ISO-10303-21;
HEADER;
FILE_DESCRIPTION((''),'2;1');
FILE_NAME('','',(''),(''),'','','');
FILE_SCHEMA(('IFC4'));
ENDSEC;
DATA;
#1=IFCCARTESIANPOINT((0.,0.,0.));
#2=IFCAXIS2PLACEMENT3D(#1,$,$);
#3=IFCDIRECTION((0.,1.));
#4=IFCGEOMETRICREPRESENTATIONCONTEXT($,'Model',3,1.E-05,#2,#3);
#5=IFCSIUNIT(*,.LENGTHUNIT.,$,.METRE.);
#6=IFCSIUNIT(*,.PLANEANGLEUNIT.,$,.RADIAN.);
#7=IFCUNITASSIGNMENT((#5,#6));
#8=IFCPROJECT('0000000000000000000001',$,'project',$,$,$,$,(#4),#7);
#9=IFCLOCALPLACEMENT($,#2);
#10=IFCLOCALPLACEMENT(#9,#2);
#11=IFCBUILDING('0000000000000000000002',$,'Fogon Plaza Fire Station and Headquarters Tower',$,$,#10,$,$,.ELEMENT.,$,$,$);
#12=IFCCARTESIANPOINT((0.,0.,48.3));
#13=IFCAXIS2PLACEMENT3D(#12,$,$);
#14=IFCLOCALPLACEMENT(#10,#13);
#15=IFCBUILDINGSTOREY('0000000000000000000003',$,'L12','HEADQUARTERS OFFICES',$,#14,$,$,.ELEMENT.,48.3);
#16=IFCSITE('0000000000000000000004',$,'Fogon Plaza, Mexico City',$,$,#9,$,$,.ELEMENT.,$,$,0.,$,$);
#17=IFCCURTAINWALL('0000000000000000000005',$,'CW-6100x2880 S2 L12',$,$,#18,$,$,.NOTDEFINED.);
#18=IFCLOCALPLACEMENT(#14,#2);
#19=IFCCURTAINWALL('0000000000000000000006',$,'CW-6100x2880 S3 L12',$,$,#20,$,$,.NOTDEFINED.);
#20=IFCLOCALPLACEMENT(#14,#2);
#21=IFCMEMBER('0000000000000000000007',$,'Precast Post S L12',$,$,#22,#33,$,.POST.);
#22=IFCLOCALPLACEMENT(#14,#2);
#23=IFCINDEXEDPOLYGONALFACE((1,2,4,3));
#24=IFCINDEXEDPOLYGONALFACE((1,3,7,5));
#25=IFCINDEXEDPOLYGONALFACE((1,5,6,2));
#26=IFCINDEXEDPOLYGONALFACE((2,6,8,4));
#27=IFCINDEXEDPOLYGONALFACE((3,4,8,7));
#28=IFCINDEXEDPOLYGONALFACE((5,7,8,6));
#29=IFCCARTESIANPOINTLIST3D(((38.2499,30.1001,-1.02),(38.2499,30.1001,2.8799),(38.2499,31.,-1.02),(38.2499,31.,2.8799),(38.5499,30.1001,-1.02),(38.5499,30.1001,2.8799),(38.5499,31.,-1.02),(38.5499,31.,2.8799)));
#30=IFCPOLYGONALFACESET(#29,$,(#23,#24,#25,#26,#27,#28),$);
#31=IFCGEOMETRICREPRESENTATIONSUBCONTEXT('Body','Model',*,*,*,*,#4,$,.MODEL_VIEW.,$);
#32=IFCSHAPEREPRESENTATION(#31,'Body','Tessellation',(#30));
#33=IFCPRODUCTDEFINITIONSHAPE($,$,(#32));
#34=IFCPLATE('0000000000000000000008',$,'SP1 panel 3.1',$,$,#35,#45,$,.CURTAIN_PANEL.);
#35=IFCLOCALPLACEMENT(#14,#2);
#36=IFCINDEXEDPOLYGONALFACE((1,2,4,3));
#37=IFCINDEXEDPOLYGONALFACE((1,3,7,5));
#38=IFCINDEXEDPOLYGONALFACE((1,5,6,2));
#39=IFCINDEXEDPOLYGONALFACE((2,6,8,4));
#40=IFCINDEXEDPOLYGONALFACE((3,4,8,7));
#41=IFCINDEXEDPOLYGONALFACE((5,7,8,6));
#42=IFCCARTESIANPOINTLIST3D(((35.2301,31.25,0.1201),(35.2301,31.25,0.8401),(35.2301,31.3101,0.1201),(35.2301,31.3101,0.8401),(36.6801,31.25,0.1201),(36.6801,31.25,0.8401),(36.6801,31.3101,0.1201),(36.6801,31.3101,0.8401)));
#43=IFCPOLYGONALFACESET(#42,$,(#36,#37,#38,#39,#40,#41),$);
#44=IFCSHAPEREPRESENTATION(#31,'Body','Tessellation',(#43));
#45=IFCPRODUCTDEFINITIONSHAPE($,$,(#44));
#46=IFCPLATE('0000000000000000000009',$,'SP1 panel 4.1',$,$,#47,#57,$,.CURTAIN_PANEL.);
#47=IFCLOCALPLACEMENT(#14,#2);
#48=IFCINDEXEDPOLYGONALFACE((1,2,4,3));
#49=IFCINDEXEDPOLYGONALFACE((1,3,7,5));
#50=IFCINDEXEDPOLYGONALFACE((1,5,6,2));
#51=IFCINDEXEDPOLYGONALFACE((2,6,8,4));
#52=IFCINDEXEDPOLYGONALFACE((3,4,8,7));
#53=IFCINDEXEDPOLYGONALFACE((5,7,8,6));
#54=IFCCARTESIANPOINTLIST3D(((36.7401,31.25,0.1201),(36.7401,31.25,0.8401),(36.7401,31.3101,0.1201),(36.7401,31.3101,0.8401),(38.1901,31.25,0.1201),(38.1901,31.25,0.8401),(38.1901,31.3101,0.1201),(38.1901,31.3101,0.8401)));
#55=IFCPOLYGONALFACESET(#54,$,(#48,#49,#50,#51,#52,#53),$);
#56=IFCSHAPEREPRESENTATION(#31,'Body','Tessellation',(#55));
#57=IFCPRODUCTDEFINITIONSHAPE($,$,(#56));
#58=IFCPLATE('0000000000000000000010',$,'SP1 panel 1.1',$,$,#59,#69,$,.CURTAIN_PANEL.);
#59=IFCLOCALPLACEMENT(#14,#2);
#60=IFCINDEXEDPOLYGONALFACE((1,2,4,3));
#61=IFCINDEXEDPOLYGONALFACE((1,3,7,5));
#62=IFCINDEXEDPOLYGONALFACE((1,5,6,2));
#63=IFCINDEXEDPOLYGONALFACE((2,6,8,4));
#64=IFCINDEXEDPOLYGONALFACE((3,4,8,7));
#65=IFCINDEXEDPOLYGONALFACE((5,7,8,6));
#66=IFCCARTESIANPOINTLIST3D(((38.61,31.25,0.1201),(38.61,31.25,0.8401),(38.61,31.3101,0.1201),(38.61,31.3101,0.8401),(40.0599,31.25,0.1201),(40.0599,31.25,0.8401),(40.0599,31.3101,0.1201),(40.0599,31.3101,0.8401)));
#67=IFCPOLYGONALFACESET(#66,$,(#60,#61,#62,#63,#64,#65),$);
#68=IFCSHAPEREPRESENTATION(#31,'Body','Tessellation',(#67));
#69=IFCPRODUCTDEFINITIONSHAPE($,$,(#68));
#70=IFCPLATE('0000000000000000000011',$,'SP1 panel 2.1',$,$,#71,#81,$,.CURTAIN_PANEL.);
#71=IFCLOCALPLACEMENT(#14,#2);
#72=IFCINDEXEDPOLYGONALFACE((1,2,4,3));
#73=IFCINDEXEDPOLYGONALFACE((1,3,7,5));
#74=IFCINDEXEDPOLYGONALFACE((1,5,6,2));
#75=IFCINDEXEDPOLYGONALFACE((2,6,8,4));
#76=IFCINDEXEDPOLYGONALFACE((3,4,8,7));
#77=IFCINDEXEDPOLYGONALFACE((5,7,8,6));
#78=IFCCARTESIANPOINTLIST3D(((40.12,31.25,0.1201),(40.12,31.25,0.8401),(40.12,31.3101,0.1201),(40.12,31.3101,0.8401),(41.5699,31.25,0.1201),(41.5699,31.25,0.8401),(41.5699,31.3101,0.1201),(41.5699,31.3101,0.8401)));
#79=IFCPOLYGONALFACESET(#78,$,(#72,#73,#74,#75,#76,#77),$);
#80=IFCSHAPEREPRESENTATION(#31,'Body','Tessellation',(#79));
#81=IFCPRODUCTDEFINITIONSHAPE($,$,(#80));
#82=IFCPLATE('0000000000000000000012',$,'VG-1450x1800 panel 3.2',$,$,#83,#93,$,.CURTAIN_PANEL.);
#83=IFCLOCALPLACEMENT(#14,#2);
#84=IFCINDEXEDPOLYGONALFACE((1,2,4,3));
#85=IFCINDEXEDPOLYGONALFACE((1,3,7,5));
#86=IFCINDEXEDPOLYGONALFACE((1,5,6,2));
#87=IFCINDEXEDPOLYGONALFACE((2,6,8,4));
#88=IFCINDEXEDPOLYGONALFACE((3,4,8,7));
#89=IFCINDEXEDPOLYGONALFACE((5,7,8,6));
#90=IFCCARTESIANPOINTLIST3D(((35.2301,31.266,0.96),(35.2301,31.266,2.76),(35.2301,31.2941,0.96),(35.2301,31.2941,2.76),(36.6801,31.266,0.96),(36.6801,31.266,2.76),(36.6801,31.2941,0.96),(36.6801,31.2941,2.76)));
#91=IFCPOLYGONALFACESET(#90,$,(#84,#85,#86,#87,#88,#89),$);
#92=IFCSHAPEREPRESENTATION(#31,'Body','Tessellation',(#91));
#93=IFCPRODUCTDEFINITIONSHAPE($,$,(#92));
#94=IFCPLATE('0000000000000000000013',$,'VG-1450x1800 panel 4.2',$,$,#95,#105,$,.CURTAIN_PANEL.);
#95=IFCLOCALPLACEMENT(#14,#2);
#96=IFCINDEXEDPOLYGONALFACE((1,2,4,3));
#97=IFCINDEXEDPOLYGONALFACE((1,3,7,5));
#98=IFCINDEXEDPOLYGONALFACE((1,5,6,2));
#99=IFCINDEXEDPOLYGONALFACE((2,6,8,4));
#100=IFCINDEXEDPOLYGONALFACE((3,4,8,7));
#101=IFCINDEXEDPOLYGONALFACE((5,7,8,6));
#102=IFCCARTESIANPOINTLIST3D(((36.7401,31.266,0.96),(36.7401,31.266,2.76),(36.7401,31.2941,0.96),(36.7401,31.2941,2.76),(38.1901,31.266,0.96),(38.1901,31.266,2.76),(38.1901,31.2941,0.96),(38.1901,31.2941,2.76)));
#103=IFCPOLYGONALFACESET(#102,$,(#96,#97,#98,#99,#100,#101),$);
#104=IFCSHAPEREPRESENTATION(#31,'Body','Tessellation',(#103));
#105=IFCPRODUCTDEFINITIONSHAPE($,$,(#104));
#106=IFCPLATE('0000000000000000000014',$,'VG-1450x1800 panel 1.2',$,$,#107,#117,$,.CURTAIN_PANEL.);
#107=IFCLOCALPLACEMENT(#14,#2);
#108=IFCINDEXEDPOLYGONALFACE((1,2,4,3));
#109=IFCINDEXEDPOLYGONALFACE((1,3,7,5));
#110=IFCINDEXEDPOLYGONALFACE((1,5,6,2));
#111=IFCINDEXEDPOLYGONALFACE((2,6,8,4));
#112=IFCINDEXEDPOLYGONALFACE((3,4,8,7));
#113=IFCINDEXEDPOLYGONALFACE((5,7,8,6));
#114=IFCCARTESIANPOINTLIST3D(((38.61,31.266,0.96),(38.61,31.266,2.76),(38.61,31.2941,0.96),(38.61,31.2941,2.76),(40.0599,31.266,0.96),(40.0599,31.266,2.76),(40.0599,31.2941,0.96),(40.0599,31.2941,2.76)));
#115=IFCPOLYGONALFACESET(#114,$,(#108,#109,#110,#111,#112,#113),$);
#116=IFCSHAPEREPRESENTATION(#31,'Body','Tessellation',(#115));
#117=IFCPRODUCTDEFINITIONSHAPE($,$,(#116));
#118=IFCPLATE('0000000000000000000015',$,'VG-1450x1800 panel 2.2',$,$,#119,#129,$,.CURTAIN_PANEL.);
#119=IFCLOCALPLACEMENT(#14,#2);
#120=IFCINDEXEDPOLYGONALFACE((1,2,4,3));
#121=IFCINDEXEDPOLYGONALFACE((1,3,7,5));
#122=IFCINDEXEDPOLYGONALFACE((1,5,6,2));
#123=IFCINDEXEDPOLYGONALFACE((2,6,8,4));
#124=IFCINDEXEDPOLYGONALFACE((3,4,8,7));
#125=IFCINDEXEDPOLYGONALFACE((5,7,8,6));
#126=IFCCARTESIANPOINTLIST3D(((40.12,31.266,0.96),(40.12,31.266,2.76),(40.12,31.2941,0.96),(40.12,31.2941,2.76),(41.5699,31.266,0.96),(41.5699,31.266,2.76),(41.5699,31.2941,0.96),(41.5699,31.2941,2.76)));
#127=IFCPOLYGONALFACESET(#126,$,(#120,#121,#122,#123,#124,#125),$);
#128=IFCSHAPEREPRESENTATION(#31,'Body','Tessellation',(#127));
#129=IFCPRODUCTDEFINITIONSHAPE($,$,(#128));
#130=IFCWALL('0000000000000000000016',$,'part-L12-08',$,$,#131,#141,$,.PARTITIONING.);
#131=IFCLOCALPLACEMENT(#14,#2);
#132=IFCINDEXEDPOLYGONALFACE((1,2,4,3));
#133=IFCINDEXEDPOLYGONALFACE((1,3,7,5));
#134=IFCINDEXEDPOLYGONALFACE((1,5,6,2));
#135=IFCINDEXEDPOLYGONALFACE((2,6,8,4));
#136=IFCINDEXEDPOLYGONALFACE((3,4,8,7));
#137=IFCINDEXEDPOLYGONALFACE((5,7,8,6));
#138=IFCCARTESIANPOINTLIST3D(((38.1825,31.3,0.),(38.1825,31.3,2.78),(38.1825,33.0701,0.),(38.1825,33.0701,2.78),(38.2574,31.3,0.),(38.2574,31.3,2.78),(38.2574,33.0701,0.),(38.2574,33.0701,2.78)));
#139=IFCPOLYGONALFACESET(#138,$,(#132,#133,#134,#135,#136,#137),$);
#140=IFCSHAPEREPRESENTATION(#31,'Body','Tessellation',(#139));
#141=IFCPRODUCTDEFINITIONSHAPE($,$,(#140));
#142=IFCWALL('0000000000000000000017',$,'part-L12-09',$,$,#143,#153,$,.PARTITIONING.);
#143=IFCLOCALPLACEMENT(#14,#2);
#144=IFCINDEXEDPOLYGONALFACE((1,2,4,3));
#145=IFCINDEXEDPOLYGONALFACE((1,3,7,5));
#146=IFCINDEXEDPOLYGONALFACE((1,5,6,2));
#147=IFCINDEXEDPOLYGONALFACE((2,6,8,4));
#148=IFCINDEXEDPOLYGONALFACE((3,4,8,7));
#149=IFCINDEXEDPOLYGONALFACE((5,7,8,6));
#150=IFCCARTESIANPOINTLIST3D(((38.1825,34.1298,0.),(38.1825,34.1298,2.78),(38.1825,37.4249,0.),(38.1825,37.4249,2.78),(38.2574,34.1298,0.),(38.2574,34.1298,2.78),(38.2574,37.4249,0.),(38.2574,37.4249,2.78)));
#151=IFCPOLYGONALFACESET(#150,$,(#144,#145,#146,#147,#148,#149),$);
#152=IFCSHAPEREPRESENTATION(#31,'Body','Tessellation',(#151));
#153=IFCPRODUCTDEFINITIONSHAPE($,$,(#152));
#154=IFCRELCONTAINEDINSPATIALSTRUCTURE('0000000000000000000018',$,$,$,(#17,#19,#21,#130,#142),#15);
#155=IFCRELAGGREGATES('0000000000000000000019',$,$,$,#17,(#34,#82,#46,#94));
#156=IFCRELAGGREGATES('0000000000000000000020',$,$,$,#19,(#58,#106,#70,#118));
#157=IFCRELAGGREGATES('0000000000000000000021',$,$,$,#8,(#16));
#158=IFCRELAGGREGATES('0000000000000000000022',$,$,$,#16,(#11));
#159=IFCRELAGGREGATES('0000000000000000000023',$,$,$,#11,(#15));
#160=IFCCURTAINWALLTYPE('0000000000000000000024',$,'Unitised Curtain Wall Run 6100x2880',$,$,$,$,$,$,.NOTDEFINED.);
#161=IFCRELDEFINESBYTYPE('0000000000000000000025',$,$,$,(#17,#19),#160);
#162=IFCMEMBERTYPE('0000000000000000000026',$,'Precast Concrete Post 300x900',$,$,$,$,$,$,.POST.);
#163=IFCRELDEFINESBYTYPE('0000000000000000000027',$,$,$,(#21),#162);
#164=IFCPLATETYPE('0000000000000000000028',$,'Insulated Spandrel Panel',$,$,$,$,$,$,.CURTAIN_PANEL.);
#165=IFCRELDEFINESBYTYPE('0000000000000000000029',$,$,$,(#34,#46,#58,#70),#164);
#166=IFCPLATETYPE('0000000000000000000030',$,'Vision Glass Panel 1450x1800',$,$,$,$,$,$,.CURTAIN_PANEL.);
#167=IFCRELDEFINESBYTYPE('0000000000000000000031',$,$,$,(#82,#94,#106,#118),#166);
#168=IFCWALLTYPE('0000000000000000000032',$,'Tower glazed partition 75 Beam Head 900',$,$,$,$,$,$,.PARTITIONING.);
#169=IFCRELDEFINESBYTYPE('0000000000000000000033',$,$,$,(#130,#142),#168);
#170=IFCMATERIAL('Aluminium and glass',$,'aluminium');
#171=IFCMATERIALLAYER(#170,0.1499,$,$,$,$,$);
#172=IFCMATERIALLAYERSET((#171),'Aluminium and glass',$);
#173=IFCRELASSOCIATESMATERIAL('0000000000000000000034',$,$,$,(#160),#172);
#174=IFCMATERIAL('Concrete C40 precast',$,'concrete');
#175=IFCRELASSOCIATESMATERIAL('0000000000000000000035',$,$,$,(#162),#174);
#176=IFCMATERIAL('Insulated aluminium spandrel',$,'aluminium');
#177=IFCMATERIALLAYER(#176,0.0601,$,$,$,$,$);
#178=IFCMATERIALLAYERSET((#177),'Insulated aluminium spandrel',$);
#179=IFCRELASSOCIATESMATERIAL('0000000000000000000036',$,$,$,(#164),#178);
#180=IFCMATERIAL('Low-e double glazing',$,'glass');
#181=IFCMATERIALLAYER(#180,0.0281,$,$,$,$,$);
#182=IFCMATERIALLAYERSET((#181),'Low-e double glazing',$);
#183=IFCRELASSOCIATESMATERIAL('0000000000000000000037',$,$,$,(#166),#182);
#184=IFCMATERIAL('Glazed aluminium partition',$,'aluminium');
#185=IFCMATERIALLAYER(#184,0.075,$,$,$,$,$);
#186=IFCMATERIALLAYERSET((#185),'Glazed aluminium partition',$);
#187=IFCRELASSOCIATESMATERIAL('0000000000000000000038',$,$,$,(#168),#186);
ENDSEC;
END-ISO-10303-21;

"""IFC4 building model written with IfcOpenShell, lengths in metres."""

from ifc_helpers import new_model, si_unit, direction, frame, frame_2d, origin, origin_2d, place, context, subcontext, project, spatial, rectangle, extrude, material, layer, layer_set, material_profile, profile_set, type_object, element, aggregate, save


model = new_model("IFC4")

# Units and contexts
model_context = context("Model", 3, precision=1e-05, world=origin(), true_north=direction((0.0, 1.0)))
body_context = subcontext(model_context, "Body", "Model", "MODEL_VIEW")
ifc_project = project(units=[si_unit("LENGTHUNIT", "METRE"), si_unit("PLANEANGLEUNIT", "RADIAN")], contexts=[model_context])

# Site, building, storey
site_placement = place(None, origin())
site = spatial("IfcSite", under=ifc_project, at=site_placement, Name="Fogon Plaza, Mexico City", CompositionType="ELEMENT", RefElevation=0.0)
building_placement = place(site_placement, origin())
building = spatial("IfcBuilding", under=site, at=building_placement, Name="Fogon Plaza Fire Station and Headquarters Tower", CompositionType="ELEMENT")
storey_placement = place(building_placement, frame((0.0, 0.0, 48.3)))
storey = spatial("IfcBuildingStorey", under=building, at=storey_placement, Name="L12", Description="HEADQUARTERS OFFICES", CompositionType="ELEMENT", Elevation=48.3)

# Curtain walls
ifc_material_1 = material(Name="Aluminium and glass", Category="aluminium")
ifc_layer_1 = layer(ifc_material_1, 0.1499)
ifc_layer_set_1 = layer_set([ifc_layer_1], Name="Aluminium and glass")
curtain_wall_type = type_object("IfcCurtainWallType", Name="Unitised Curtain Wall Run 6100x2880", PredefinedType="NOTDEFINED", material=ifc_layer_set_1)
curtain_wall_1_placement = place(storey_placement, origin())
curtain_wall_1 = element("IfcCurtainWall", 1, at=curtain_wall_1_placement, inside=storey, type_object=curtain_wall_type, Name="CW-6100x2880 S2 L12", PredefinedType="NOTDEFINED")
curtain_wall_2_placement = place(storey_placement, origin())
curtain_wall_2 = element("IfcCurtainWall", 2, at=curtain_wall_2_placement, inside=storey, type_object=curtain_wall_type, Name="CW-6100x2880 S3 L12", PredefinedType="NOTDEFINED")

# Member
ifc_material_2 = material(Name="Concrete C40 precast", Category="concrete")
ifc_material_profile_1 = material_profile(ifc_material_2, rectangle(XDim=0.3, YDim=0.8999, at=origin_2d()), Name="Precast Concrete Post 300x900")
ifc_profile_set_1 = profile_set([ifc_material_profile_1], Name="Concrete C40 precast")
member_type_1 = type_object("IfcMemberType", Name="Precast Concrete Post 300x900", PredefinedType="POST", material=ifc_profile_set_1)
member_1_placement = place(storey_placement, frame((38.3999, 30.55, -1.02), z_axis=(0.0, 0.0, 1.0), x_axis=(1.0, 0.0, 0.0)))
element("IfcMember", 3, at=member_1_placement, inside=storey, type_object=member_type_1, Name="Precast Post S L12", PredefinedType="POST", context=body_context, shape_type="SweptSolid", body=[
    extrude(rectangle(XDim=0.3, YDim=0.8999, at=origin_2d()), origin(), (0.0, 0.0, 1.0), 3.8999),
])

# Plates
ifc_material_3 = material(Name="Insulated aluminium spandrel", Category="aluminium")
ifc_layer_2 = layer(ifc_material_3, 0.0601)
ifc_layer_set_2 = layer_set([ifc_layer_2], Name="Insulated aluminium spandrel")
plate_type_1 = type_object("IfcPlateType", Name="Insulated Spandrel Panel", PredefinedType="CURTAIN_PANEL", material=ifc_layer_set_2)
plate_1_placement = place(storey_placement, frame((35.9551, 31.28, 0.1201), z_axis=(0.0, 0.0, 1.0), x_axis=(1.0, 0.0, 0.0)))
plate_1 = element("IfcPlate", 4, at=plate_1_placement, type_object=plate_type_1, Name="SP1 panel 3.1", PredefinedType="CURTAIN_PANEL", context=body_context, shape_type="SweptSolid", body=[
    extrude(rectangle(XDim=1.45, YDim=0.0601, at=origin_2d()), origin(), (0.0, 0.0, 1.0), 0.72),
])
plate_2_placement = place(storey_placement, frame((37.4651, 31.28, 0.1201), z_axis=(0.0, 0.0, 1.0), x_axis=(1.0, 0.0, 0.0)))
plate_2 = element("IfcPlate", 5, at=plate_2_placement, type_object=plate_type_1, Name="SP1 panel 4.1", PredefinedType="CURTAIN_PANEL", context=body_context, shape_type="SweptSolid", body=[
    extrude(rectangle(XDim=1.45, YDim=0.0601, at=origin_2d()), origin(), (0.0, 0.0, 1.0), 0.72),
])
plate_3_placement = place(storey_placement, frame((39.335, 31.28, 0.1201), z_axis=(0.0, 0.0, 1.0), x_axis=(1.0, 0.0, 0.0)))
plate_3 = element("IfcPlate", 6, at=plate_3_placement, type_object=plate_type_1, Name="SP1 panel 1.1", PredefinedType="CURTAIN_PANEL", context=body_context, shape_type="SweptSolid", body=[
    extrude(rectangle(XDim=1.45, YDim=0.0601, at=origin_2d()), origin(), (0.0, 0.0, 1.0), 0.72),
])
plate_4_placement = place(storey_placement, frame((40.845, 31.28, 0.1201), z_axis=(0.0, 0.0, 1.0), x_axis=(1.0, 0.0, 0.0)))
plate_4 = element("IfcPlate", 7, at=plate_4_placement, type_object=plate_type_1, Name="SP1 panel 2.1", PredefinedType="CURTAIN_PANEL", context=body_context, shape_type="SweptSolid", body=[
    extrude(rectangle(XDim=1.45, YDim=0.0601, at=origin_2d()), origin(), (0.0, 0.0, 1.0), 0.72),
])
ifc_material_4 = material(Name="Low-e double glazing", Category="glass")
ifc_layer_3 = layer(ifc_material_4, 0.0281)
ifc_layer_set_3 = layer_set([ifc_layer_3], Name="Low-e double glazing")
plate_type_2 = type_object("IfcPlateType", Name="Vision Glass Panel 1450x1800", PredefinedType="CURTAIN_PANEL", material=ifc_layer_set_3)
plate_5_placement = place(storey_placement, frame((35.9551, 31.28, 0.96), z_axis=(0.0, 0.0, 1.0), x_axis=(1.0, 0.0, 0.0)))
plate_5 = element("IfcPlate", 8, at=plate_5_placement, type_object=plate_type_2, Name="VG-1450x1800 panel 3.2", PredefinedType="CURTAIN_PANEL", context=body_context, shape_type="SweptSolid", body=[
    extrude(rectangle(XDim=1.45, YDim=0.0281, at=origin_2d()), origin(), (0.0, 0.0, 1.0), 1.8),
])
plate_6_placement = place(storey_placement, frame((37.4651, 31.28, 0.96), z_axis=(0.0, 0.0, 1.0), x_axis=(1.0, 0.0, 0.0)))
plate_6 = element("IfcPlate", 9, at=plate_6_placement, type_object=plate_type_2, Name="VG-1450x1800 panel 4.2", PredefinedType="CURTAIN_PANEL", context=body_context, shape_type="SweptSolid", body=[
    extrude(rectangle(XDim=1.45, YDim=0.0281, at=origin_2d()), origin(), (0.0, 0.0, 1.0), 1.8),
])
aggregate(curtain_wall_1, [plate_1, plate_5, plate_2, plate_6])
plate_7_placement = place(storey_placement, frame((39.335, 31.28, 0.96), z_axis=(0.0, 0.0, 1.0), x_axis=(1.0, 0.0, 0.0)))
plate_7 = element("IfcPlate", 10, at=plate_7_placement, type_object=plate_type_2, Name="VG-1450x1800 panel 1.2", PredefinedType="CURTAIN_PANEL", context=body_context, shape_type="SweptSolid", body=[
    extrude(rectangle(XDim=1.45, YDim=0.0281, at=origin_2d()), origin(), (0.0, 0.0, 1.0), 1.8),
])
plate_8_placement = place(storey_placement, frame((40.845, 31.28, 0.96), z_axis=(0.0, 0.0, 1.0), x_axis=(1.0, 0.0, 0.0)))
plate_8 = element("IfcPlate", 11, at=plate_8_placement, type_object=plate_type_2, Name="VG-1450x1800 panel 2.2", PredefinedType="CURTAIN_PANEL", context=body_context, shape_type="SweptSolid", body=[
    extrude(rectangle(XDim=1.45, YDim=0.0281, at=origin_2d()), origin(), (0.0, 0.0, 1.0), 1.8),
])
aggregate(curtain_wall_2, [plate_3, plate_7, plate_4, plate_8])

# Walls
ifc_material_5 = material(Name="Glazed aluminium partition", Category="aluminium")
ifc_layer_4 = layer(ifc_material_5, 0.075)
ifc_layer_set_4 = layer_set([ifc_layer_4], Name="Glazed aluminium partition")
wall_type = type_object("IfcWallType", Name="Tower glazed partition 75 Beam Head 900", PredefinedType="PARTITIONING", material=ifc_layer_set_4)
wall_1_placement = place(storey_placement, frame((38.22, 31.3, 0.0), z_axis=(0.0, 0.0, 1.0), x_axis=(0.0, 1.0, 0.0)))
element("IfcWall", 12, at=wall_1_placement, inside=storey, type_object=wall_type, Name="part-L12-08", PredefinedType="PARTITIONING", context=body_context, shape_type="SweptSolid", body=[
    extrude(rectangle(XDim=1.77, YDim=0.075, at=frame_2d((0.885, 0.0))), origin(), (0.0, 0.0, 1.0), 2.78),
])
wall_2_placement = place(storey_placement, frame((38.22, 34.1299, 0.0), z_axis=(0.0, 0.0, 1.0), x_axis=(0.0, 1.0, 0.0)))
element("IfcWall", 13, at=wall_2_placement, inside=storey, type_object=wall_type, Name="part-L12-09", PredefinedType="PARTITIONING", context=body_context, shape_type="SweptSolid", body=[
    extrude(rectangle(XDim=3.2952, YDim=0.075, at=frame_2d((1.6475, 0.0))), origin(), (0.0, 0.0, 1.0), 2.78),
])

save(model, "model.ifc")
